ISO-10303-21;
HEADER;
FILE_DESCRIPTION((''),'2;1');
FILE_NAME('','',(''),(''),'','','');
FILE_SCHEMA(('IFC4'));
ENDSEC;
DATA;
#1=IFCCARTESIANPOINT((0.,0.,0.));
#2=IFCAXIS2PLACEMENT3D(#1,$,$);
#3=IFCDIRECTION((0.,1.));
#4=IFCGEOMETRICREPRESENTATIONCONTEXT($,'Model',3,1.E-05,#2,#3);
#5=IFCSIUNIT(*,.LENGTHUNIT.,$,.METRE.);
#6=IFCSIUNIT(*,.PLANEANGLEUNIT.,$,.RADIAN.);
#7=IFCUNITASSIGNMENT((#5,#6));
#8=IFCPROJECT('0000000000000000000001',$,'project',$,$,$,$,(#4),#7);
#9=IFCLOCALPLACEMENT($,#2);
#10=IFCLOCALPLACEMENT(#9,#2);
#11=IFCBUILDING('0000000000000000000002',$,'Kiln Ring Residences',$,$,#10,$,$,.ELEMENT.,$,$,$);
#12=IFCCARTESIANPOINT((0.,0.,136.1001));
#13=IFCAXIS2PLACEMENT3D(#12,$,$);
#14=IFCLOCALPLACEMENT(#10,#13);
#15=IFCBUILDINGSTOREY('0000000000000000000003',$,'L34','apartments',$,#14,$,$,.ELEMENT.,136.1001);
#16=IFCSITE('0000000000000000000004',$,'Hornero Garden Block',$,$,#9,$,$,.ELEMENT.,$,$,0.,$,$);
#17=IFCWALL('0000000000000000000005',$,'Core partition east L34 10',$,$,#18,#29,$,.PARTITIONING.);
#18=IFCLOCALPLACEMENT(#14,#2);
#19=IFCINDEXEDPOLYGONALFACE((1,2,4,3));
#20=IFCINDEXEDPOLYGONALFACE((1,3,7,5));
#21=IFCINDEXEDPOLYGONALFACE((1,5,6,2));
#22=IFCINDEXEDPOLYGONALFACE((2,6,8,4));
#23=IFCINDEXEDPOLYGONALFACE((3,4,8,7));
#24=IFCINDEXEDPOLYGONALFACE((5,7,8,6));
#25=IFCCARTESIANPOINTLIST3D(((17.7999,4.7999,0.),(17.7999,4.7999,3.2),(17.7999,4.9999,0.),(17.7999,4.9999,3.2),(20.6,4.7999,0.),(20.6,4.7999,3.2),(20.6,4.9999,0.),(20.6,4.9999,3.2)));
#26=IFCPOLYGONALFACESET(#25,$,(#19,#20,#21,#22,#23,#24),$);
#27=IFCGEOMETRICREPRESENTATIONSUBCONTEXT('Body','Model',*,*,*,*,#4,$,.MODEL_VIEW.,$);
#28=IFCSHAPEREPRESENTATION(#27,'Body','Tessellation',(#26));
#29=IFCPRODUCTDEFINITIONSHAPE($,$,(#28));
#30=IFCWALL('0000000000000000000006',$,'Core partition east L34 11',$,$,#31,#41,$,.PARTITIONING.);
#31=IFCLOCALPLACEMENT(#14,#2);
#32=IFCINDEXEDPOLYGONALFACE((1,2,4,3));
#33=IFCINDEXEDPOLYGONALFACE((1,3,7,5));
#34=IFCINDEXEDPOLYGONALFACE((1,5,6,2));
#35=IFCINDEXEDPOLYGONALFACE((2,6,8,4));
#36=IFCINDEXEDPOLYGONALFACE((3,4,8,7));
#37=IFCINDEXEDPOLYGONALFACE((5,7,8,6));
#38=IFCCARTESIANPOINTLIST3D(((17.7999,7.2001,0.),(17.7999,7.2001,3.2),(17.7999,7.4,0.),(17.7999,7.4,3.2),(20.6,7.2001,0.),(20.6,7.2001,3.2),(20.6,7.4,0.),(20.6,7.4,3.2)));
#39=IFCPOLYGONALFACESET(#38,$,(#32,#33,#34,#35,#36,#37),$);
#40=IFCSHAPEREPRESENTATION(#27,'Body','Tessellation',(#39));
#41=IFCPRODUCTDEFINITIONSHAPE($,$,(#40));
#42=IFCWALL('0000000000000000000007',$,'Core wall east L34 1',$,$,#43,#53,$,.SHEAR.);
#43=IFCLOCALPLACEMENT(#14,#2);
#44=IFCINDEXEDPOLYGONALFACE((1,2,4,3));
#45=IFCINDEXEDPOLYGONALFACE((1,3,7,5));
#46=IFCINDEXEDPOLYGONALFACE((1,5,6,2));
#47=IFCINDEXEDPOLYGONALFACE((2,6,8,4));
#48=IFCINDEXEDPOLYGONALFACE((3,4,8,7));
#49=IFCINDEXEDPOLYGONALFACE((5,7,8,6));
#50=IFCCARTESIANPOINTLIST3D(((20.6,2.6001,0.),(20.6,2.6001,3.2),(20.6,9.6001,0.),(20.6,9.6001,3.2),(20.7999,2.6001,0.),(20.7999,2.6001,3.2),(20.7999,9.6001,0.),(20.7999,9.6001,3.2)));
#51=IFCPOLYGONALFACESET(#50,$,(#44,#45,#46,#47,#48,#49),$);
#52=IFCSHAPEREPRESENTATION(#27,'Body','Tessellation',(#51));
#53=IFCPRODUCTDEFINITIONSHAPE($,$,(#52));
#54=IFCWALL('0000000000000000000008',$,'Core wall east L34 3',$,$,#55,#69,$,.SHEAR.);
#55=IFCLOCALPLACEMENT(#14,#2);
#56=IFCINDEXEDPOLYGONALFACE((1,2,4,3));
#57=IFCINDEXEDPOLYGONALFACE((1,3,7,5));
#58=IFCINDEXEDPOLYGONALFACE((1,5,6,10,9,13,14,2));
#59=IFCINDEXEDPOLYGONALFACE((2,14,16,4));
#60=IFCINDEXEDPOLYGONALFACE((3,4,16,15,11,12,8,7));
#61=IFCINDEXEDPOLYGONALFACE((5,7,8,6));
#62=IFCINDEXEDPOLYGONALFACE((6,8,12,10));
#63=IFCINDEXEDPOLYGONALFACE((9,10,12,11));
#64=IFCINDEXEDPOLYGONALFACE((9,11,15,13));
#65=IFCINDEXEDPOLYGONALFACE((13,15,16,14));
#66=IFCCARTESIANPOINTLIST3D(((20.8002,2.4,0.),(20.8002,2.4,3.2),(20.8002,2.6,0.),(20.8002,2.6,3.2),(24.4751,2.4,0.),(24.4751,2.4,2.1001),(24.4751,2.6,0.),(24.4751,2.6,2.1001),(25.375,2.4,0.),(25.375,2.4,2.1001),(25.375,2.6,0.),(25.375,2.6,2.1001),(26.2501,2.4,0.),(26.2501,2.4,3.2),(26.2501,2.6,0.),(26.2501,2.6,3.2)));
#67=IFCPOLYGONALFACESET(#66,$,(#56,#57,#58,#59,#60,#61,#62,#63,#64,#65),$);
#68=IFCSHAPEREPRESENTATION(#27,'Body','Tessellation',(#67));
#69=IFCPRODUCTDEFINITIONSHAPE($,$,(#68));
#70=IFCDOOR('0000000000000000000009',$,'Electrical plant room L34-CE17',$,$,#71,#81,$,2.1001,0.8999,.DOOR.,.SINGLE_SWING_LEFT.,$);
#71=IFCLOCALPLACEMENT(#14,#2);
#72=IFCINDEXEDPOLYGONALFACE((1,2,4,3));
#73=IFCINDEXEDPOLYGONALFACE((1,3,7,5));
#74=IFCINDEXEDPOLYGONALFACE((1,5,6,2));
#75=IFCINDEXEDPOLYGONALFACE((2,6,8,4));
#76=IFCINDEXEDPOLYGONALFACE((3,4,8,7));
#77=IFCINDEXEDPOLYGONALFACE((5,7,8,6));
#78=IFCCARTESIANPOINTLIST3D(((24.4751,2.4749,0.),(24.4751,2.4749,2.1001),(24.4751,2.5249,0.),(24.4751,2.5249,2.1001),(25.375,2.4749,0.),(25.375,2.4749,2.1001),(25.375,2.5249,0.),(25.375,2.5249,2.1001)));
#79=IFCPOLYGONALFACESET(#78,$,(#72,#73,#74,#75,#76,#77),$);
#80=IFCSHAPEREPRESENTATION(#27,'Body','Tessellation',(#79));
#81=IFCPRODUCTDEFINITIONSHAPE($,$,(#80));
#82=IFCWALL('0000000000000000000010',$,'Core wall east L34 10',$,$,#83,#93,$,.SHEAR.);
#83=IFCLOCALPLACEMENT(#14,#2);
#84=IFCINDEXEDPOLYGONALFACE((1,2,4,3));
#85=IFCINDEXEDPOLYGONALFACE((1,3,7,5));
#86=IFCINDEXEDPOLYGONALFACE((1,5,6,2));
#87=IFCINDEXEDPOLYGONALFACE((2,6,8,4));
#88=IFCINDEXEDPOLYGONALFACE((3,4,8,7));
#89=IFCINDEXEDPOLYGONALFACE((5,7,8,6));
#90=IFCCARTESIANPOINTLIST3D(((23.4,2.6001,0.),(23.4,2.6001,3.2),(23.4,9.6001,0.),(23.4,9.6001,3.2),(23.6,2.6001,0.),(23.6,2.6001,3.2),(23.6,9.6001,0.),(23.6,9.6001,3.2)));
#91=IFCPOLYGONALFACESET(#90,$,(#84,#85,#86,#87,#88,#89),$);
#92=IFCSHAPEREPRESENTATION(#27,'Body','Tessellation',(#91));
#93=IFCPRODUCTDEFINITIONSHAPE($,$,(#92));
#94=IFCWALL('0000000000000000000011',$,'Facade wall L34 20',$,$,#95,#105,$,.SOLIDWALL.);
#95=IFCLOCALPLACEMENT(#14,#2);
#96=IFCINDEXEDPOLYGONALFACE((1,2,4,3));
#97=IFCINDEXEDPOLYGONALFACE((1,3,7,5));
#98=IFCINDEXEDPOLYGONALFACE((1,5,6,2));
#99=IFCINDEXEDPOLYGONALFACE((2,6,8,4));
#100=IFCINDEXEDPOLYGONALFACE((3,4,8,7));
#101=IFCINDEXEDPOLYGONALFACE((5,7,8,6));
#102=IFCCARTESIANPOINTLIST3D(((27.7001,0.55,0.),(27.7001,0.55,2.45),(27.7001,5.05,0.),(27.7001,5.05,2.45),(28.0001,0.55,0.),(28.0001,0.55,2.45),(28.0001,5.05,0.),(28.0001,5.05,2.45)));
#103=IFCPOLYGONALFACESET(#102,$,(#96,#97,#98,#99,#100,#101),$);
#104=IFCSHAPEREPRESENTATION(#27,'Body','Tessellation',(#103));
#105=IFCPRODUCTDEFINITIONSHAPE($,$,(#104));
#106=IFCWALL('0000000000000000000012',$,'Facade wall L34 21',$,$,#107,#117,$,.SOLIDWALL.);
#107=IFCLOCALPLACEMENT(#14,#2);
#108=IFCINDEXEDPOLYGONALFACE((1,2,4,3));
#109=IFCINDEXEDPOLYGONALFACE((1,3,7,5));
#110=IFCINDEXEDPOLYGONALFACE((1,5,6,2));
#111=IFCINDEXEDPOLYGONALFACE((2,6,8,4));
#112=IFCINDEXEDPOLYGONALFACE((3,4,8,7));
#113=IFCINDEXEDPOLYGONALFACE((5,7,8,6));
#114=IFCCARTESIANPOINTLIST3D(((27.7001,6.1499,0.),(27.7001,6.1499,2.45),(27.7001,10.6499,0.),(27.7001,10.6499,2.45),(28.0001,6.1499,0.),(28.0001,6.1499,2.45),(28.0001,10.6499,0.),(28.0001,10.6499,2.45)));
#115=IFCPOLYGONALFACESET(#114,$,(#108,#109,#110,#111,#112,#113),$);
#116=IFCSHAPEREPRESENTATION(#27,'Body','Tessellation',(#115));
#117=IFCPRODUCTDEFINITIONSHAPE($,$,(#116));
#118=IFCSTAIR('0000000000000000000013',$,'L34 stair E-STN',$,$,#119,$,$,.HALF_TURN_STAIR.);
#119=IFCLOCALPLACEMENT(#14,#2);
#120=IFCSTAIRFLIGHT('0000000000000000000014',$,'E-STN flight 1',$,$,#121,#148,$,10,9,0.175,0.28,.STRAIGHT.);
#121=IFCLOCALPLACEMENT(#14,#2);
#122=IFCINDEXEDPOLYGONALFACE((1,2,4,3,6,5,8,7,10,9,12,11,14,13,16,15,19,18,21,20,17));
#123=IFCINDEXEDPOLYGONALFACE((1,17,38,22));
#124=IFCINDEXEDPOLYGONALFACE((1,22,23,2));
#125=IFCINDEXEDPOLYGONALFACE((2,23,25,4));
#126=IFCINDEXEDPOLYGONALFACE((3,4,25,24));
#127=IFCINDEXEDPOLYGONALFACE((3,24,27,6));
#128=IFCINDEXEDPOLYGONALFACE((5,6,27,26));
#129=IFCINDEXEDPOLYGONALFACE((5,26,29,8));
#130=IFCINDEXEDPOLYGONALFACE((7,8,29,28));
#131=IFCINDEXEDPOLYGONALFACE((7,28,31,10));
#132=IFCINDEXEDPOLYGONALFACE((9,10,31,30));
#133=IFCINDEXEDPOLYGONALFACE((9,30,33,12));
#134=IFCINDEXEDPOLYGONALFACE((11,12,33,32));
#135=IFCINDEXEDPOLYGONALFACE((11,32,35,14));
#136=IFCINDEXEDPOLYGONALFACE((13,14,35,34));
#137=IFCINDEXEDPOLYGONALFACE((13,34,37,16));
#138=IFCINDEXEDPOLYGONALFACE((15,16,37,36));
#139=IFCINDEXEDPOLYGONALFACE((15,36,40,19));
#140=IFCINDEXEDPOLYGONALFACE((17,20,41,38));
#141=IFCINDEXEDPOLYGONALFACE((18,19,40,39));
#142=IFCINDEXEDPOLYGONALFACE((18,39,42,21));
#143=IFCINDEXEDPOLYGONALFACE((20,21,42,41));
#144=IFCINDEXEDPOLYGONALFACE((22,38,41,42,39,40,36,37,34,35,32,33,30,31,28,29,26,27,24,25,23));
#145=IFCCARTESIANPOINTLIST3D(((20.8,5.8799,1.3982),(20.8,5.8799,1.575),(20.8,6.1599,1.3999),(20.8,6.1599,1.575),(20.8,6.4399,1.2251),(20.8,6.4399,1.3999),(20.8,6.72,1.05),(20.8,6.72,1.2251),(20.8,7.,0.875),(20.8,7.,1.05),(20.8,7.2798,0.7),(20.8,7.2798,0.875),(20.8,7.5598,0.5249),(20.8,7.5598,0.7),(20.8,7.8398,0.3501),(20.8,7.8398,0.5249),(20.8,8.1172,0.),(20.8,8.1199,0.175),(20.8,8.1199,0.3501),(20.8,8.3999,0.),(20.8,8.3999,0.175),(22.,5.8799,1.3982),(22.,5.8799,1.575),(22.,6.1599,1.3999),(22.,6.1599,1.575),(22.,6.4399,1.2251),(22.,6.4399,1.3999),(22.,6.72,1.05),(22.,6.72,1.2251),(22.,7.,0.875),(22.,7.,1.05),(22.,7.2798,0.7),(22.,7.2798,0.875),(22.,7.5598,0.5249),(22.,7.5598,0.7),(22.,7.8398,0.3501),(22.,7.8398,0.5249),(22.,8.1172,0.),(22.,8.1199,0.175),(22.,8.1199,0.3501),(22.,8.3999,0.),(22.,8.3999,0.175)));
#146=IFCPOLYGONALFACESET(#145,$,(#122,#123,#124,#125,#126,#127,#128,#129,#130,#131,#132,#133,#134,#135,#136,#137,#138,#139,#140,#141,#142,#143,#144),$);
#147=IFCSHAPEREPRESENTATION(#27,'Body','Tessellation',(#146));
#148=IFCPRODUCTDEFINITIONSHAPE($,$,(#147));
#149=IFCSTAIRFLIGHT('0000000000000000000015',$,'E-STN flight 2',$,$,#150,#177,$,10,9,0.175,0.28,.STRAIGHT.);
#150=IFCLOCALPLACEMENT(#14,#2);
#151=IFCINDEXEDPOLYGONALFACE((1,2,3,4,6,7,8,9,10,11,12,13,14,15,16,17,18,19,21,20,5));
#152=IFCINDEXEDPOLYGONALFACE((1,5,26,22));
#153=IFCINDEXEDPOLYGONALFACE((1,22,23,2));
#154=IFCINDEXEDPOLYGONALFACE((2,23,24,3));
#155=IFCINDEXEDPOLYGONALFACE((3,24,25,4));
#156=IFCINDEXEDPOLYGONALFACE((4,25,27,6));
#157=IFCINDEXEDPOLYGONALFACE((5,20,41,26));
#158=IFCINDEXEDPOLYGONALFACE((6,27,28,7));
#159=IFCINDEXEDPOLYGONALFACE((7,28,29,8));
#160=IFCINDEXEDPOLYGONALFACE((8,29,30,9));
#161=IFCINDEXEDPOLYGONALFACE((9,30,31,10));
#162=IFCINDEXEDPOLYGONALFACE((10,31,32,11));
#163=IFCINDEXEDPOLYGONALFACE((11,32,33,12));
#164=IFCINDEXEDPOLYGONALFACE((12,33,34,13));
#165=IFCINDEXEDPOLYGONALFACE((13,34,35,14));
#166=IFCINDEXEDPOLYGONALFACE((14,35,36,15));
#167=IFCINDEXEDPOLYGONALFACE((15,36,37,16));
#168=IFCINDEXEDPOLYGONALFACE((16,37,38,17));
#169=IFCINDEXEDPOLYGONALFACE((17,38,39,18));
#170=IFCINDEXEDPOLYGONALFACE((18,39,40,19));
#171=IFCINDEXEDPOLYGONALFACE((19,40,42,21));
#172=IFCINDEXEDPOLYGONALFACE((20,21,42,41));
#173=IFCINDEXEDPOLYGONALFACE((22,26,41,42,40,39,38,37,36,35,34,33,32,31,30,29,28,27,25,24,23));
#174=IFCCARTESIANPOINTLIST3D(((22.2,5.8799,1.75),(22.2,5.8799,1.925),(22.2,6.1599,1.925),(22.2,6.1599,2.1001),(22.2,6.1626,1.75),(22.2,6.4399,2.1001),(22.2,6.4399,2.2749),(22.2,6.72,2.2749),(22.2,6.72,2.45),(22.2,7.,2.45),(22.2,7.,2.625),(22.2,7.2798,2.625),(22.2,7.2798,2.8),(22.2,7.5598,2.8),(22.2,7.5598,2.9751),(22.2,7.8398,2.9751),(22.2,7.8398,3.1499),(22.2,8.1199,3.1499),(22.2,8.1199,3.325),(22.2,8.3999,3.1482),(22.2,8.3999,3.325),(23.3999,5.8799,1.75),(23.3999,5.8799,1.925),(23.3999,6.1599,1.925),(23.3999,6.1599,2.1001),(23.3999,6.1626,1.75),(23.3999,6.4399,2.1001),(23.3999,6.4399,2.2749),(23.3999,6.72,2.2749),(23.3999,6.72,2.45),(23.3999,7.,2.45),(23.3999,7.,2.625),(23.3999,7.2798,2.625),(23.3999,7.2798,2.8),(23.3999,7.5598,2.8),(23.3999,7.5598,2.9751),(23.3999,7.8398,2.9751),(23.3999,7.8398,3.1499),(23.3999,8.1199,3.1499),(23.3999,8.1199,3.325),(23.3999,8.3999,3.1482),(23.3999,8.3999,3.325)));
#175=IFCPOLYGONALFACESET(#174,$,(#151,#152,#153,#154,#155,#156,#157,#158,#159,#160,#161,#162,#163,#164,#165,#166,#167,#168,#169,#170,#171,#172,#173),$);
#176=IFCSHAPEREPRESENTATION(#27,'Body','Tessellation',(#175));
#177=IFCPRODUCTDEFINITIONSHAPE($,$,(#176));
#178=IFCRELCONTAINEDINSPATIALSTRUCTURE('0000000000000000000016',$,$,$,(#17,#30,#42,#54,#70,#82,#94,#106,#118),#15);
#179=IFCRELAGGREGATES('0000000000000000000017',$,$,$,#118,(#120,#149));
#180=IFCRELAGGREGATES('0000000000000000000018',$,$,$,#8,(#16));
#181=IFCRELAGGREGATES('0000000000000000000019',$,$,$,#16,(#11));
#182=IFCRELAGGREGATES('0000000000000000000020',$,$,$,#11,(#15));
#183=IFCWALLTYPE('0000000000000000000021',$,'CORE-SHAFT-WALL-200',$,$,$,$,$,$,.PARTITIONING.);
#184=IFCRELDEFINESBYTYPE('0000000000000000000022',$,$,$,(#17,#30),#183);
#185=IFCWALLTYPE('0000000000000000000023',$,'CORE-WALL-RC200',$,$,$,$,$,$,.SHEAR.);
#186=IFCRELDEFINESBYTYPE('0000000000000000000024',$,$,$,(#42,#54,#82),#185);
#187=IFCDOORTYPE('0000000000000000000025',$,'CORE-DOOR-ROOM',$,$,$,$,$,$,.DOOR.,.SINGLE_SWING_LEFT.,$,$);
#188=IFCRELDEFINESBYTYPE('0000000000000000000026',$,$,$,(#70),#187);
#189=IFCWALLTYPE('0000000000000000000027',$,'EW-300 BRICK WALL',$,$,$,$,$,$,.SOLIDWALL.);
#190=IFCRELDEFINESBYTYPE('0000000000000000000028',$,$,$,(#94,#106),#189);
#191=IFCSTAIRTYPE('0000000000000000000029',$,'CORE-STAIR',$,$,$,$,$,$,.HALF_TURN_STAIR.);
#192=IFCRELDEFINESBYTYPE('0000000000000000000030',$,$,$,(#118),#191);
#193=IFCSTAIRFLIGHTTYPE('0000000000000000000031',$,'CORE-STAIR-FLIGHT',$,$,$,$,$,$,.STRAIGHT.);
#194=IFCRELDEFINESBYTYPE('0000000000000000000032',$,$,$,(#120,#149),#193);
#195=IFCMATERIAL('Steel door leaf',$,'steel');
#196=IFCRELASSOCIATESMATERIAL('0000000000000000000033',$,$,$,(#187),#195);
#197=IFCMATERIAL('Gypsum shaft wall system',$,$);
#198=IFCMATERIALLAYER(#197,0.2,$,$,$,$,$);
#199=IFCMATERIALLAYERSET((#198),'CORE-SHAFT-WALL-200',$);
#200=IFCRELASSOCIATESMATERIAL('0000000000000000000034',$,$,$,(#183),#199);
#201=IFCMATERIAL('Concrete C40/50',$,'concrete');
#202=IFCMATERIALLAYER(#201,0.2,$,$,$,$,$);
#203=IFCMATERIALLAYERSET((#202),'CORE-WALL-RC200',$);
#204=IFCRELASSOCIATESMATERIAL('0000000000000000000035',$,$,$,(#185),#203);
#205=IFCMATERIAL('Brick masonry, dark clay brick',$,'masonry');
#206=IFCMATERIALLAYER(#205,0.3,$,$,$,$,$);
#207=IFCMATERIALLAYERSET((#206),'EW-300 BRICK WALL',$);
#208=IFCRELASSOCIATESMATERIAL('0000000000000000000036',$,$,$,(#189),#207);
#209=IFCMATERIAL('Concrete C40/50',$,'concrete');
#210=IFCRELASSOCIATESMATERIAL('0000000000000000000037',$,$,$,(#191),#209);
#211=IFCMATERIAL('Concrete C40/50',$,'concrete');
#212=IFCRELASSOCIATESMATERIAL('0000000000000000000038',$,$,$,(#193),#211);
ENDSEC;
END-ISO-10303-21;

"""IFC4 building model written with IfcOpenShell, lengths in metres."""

from ifc_helpers import new_model, si_unit, direction, frame, frame_2d, origin, place, context, subcontext, project, spatial, polyline, rectangle, outline, extrude, material, layer, layer_set, type_object, element, fill, aggregate, save


model = new_model("IFC4")

# Units and contexts
model_context = context("Model", 3, precision=1e-05, world=origin(), true_north=direction((0.0, 1.0)))
body_context = subcontext(model_context, "Body", "Model", "MODEL_VIEW")
ifc_project = project(units=[si_unit("LENGTHUNIT", "METRE"), si_unit("PLANEANGLEUNIT", "RADIAN")], contexts=[model_context])

# Site, building, storey
site_placement = place(None, origin())
site = spatial("IfcSite", under=ifc_project, at=site_placement, Name="Hornero Garden Block", CompositionType="ELEMENT", RefElevation=0.0)
building_placement = place(site_placement, origin())
building = spatial("IfcBuilding", under=site, at=building_placement, Name="Kiln Ring Residences", CompositionType="ELEMENT")
storey_placement = place(building_placement, frame((0.0, 0.0, 136.1001)))
storey = spatial("IfcBuildingStorey", under=building, at=storey_placement, Name="L34", Description="apartments", CompositionType="ELEMENT", Elevation=136.1001)

# Shared definitions
ifc_material_1 = material(Name="Steel door leaf", Category="steel")
door_type = type_object("IfcDoorType", Name="CORE-DOOR-ROOM", OperationType="SINGLE_SWING_LEFT", PredefinedType="DOOR", material=ifc_material_1)

# Shared definitions
ifc_material_2 = material(Name="Gypsum shaft wall system")
ifc_layer_1 = layer(ifc_material_2, 0.2)
ifc_layer_set_1 = layer_set([ifc_layer_1], Name="CORE-SHAFT-WALL-200")
wall_type_1 = type_object("IfcWallType", Name="CORE-SHAFT-WALL-200", PredefinedType="PARTITIONING", material=ifc_layer_set_1)

# Walls
for number, where, z_axis, x_axis, name in (
    (1, (17.8, 4.8999, 0.0), (0.0, 0.0, 1.0), (1.0, 0.0, 0.0), "Core partition east L34 10"),
    (2, (17.8, 7.3, 0.0), (0.0, 0.0, 1.0), (1.0, 0.0, 0.0), "Core partition east L34 11"),
):
    element("IfcWall", number, at=place(storey_placement, frame(where, z_axis=z_axis, x_axis=x_axis)), inside=storey, type_object=wall_type_1, Name=name, PredefinedType="PARTITIONING", context=body_context, shape_type="SweptSolid", body=[
        extrude(rectangle(XDim=2.8, YDim=0.2, at=frame_2d((1.3999, 0.0))), origin(), (0.0, 0.0, 1.0), 3.2),
    ])
ifc_material_3 = material(Name="Concrete C40/50", Category="concrete")
ifc_layer_2 = layer(ifc_material_3, 0.2)
ifc_layer_set_2 = layer_set([ifc_layer_2], Name="CORE-WALL-RC200")
wall_type_2 = type_object("IfcWallType", Name="CORE-WALL-RC200", PredefinedType="SHEAR", material=ifc_layer_set_2)
wall_1_placement = place(storey_placement, frame((20.7, 2.6001, 0.0), z_axis=(0.0, 0.0, 1.0), x_axis=(0.0, 1.0, 0.0)))
element("IfcWall", 3, at=wall_1_placement, inside=storey, type_object=wall_type_2, Name="Core wall east L34 1", PredefinedType="SHEAR", context=body_context, shape_type="SweptSolid", body=[
    extrude(rectangle(XDim=7.0, YDim=0.2, at=frame_2d((3.5, 0.0))), origin(), (0.0, 0.0, 1.0), 3.2),
])

# Wall, opening, door
wall_2_placement = place(storey_placement, frame((20.8, 2.5, 0.0), z_axis=(0.0, 0.0, 1.0), x_axis=(1.0, 0.0, 0.0)))
wall_2 = element("IfcWall", 4, at=wall_2_placement, inside=storey, type_object=wall_type_2, Name="Core wall east L34 3", PredefinedType="SHEAR", context=body_context, shape_type="SweptSolid", body=[
    extrude(rectangle(XDim=5.45, YDim=0.2, at=frame_2d((2.7251, 0.0))), origin(), (0.0, 0.0, 1.0), 3.2),
])
opening_1_placement = place(wall_2_placement, frame((3.675, 0.0, 0.0)))
opening_1 = element("IfcOpeningElement", 5, at=opening_1_placement, cuts=wall_2, PredefinedType="OPENING", context=body_context, shape_type="SweptSolid", body=[
    extrude(rectangle(XDim=0.8999, YDim=2.1001, at=frame_2d((0.45, 1.05))), frame((0.0, 0.1099, 0.0), z_axis=(0.0, -1.0, 0.0), x_axis=(1.0, 0.0, 0.0)), (0.0, 0.0, 1.0), 0.22),
])
door_1_placement = place(opening_1_placement, origin())
door_1 = element("IfcDoor", 6, at=door_1_placement, inside=storey, type_object=door_type, Name="Electrical plant room L34-CE17", OperationType="SINGLE_SWING_LEFT", OverallHeight=2.1001, OverallWidth=0.8999, PredefinedType="DOOR", context=body_context, shape_type="SweptSolid", body=[
    extrude(rectangle(XDim=0.8999, YDim=2.1001, at=frame_2d((0.45, 1.05))), frame((0.0, 0.0249, 0.0), z_axis=(0.0, -1.0, 0.0), x_axis=(1.0, 0.0, 0.0)), (0.0, 0.0, 1.0), 0.05),
])
fill(opening_1, door_1)

# Walls
wall_3_placement = place(storey_placement, frame((23.5, 2.6001, 0.0), z_axis=(0.0, 0.0, 1.0), x_axis=(0.0, 1.0, 0.0)))
element("IfcWall", 7, at=wall_3_placement, inside=storey, type_object=wall_type_2, Name="Core wall east L34 10", PredefinedType="SHEAR", context=body_context, shape_type="SweptSolid", body=[
    extrude(rectangle(XDim=7.0, YDim=0.2, at=frame_2d((3.5, 0.0))), origin(), (0.0, 0.0, 1.0), 3.2),
])
ifc_material_4 = material(Name="Brick masonry, dark clay brick", Category="masonry")
ifc_layer_3 = layer(ifc_material_4, 0.3)
ifc_layer_set_3 = layer_set([ifc_layer_3], Name="EW-300 BRICK WALL")
wall_type_3 = type_object("IfcWallType", Name="EW-300 BRICK WALL", PredefinedType="SOLIDWALL", material=ifc_layer_set_3)
for number, where, z_axis, x_axis, name in (
    (8, (27.8501, 0.55, 0.0), (0.0, 0.0, 1.0), (0.0, 1.0, 0.0), "Facade wall L34 20"),
    (9, (27.8501, 6.1499, 0.0), (0.0, 0.0, 1.0), (0.0, 1.0, 0.0), "Facade wall L34 21"),
):
    element("IfcWall", number, at=place(storey_placement, frame(where, z_axis=z_axis, x_axis=x_axis)), inside=storey, type_object=wall_type_3, Name=name, PredefinedType="SOLIDWALL", context=body_context, shape_type="SweptSolid", body=[
        extrude(rectangle(XDim=4.5, YDim=0.3, at=frame_2d((2.25, 0.0))), origin(), (0.0, 0.0, 1.0), 2.45),
    ])

# Stair, stair flights
ifc_material_5 = material(Name="Concrete C40/50", Category="concrete")
stair_type = type_object("IfcStairType", Name="CORE-STAIR", PredefinedType="HALF_TURN_STAIR", material=ifc_material_5)
stair_placement = place(storey_placement, origin())
stair = element("IfcStair", 10, at=stair_placement, inside=storey, type_object=stair_type, Name="L34 stair E-STN", PredefinedType="HALF_TURN_STAIR")
ifc_material_6 = material(Name="Concrete C40/50", Category="concrete")
stair_flight_type = type_object("IfcStairFlightType", Name="CORE-STAIR-FLIGHT", PredefinedType="STRAIGHT", material=ifc_material_6)
stair_flight_1_placement = place(storey_placement, frame((21.3999, 8.3999, 0.0), z_axis=(0.0, 0.0, 1.0), x_axis=(0.0, -1.0, 0.0)))
stair_flight_1 = element("IfcStairFlight", 11, at=stair_flight_1_placement, type_object=stair_flight_type, Name="E-STN flight 1", NumberOfRisers=10, NumberOfTreads=9, PredefinedType="STRAIGHT", RiserHeight=0.175, TreadLength=0.28, context=body_context, shape_type="SweptSolid", body=[
    extrude(outline(polyline([(0.0, 0.0), (0.0, 0.175), (0.28, 0.175), (0.28, 0.3501), (0.5601, 0.3501), (0.5601, 0.5249), (0.8401, 0.5249), (0.8401, 0.7), (1.1201, 0.7), (1.1201, 0.875), (1.3999, 0.875), (1.3999, 1.05), (1.6799, 1.05), (1.6799, 1.2251), (1.96, 1.2251), (1.96, 1.3999), (2.24, 1.3999), (2.24, 1.575), (2.52, 1.575), (2.52, 1.75), (2.52, 1.3982), (0.2827, 0.0), (0.0, 0.0)])), frame((0.0, 0.6001, 0.0), z_axis=(0.0, -1.0, 0.0), x_axis=(1.0, 0.0, 0.0)), (0.0, 0.0, 1.0), 1.2),
])
stair_flight_2_placement = place(storey_placement, frame((22.8, 5.8799, 1.75), z_axis=(0.0, 0.0, 1.0), x_axis=(0.0, 1.0, 0.0)))
stair_flight_2 = element("IfcStairFlight", 12, at=stair_flight_2_placement, type_object=stair_flight_type, Name="E-STN flight 2", NumberOfRisers=10, NumberOfTreads=9, PredefinedType="STRAIGHT", RiserHeight=0.175, TreadLength=0.28, context=body_context, shape_type="SweptSolid", body=[
    extrude(outline(polyline([(0.0, 0.0), (0.0, 0.175), (0.28, 0.175), (0.28, 0.3501), (0.5601, 0.3501), (0.5601, 0.5249), (0.8401, 0.5249), (0.8401, 0.7), (1.1201, 0.7), (1.1201, 0.875), (1.3999, 0.875), (1.3999, 1.05), (1.6799, 1.05), (1.6799, 1.2251), (1.96, 1.2251), (1.96, 1.3999), (2.24, 1.3999), (2.24, 1.575), (2.52, 1.575), (2.52, 1.75), (2.52, 1.3982), (0.2827, 0.0), (0.0, 0.0)])), frame((0.0, 0.6001, 0.0), z_axis=(0.0, -1.0, 0.0), x_axis=(1.0, 0.0, 0.0)), (0.0, 0.0, 1.0), 1.2),
])
aggregate(stair, [stair_flight_1, stair_flight_2])

save(model, "model.ifc")
